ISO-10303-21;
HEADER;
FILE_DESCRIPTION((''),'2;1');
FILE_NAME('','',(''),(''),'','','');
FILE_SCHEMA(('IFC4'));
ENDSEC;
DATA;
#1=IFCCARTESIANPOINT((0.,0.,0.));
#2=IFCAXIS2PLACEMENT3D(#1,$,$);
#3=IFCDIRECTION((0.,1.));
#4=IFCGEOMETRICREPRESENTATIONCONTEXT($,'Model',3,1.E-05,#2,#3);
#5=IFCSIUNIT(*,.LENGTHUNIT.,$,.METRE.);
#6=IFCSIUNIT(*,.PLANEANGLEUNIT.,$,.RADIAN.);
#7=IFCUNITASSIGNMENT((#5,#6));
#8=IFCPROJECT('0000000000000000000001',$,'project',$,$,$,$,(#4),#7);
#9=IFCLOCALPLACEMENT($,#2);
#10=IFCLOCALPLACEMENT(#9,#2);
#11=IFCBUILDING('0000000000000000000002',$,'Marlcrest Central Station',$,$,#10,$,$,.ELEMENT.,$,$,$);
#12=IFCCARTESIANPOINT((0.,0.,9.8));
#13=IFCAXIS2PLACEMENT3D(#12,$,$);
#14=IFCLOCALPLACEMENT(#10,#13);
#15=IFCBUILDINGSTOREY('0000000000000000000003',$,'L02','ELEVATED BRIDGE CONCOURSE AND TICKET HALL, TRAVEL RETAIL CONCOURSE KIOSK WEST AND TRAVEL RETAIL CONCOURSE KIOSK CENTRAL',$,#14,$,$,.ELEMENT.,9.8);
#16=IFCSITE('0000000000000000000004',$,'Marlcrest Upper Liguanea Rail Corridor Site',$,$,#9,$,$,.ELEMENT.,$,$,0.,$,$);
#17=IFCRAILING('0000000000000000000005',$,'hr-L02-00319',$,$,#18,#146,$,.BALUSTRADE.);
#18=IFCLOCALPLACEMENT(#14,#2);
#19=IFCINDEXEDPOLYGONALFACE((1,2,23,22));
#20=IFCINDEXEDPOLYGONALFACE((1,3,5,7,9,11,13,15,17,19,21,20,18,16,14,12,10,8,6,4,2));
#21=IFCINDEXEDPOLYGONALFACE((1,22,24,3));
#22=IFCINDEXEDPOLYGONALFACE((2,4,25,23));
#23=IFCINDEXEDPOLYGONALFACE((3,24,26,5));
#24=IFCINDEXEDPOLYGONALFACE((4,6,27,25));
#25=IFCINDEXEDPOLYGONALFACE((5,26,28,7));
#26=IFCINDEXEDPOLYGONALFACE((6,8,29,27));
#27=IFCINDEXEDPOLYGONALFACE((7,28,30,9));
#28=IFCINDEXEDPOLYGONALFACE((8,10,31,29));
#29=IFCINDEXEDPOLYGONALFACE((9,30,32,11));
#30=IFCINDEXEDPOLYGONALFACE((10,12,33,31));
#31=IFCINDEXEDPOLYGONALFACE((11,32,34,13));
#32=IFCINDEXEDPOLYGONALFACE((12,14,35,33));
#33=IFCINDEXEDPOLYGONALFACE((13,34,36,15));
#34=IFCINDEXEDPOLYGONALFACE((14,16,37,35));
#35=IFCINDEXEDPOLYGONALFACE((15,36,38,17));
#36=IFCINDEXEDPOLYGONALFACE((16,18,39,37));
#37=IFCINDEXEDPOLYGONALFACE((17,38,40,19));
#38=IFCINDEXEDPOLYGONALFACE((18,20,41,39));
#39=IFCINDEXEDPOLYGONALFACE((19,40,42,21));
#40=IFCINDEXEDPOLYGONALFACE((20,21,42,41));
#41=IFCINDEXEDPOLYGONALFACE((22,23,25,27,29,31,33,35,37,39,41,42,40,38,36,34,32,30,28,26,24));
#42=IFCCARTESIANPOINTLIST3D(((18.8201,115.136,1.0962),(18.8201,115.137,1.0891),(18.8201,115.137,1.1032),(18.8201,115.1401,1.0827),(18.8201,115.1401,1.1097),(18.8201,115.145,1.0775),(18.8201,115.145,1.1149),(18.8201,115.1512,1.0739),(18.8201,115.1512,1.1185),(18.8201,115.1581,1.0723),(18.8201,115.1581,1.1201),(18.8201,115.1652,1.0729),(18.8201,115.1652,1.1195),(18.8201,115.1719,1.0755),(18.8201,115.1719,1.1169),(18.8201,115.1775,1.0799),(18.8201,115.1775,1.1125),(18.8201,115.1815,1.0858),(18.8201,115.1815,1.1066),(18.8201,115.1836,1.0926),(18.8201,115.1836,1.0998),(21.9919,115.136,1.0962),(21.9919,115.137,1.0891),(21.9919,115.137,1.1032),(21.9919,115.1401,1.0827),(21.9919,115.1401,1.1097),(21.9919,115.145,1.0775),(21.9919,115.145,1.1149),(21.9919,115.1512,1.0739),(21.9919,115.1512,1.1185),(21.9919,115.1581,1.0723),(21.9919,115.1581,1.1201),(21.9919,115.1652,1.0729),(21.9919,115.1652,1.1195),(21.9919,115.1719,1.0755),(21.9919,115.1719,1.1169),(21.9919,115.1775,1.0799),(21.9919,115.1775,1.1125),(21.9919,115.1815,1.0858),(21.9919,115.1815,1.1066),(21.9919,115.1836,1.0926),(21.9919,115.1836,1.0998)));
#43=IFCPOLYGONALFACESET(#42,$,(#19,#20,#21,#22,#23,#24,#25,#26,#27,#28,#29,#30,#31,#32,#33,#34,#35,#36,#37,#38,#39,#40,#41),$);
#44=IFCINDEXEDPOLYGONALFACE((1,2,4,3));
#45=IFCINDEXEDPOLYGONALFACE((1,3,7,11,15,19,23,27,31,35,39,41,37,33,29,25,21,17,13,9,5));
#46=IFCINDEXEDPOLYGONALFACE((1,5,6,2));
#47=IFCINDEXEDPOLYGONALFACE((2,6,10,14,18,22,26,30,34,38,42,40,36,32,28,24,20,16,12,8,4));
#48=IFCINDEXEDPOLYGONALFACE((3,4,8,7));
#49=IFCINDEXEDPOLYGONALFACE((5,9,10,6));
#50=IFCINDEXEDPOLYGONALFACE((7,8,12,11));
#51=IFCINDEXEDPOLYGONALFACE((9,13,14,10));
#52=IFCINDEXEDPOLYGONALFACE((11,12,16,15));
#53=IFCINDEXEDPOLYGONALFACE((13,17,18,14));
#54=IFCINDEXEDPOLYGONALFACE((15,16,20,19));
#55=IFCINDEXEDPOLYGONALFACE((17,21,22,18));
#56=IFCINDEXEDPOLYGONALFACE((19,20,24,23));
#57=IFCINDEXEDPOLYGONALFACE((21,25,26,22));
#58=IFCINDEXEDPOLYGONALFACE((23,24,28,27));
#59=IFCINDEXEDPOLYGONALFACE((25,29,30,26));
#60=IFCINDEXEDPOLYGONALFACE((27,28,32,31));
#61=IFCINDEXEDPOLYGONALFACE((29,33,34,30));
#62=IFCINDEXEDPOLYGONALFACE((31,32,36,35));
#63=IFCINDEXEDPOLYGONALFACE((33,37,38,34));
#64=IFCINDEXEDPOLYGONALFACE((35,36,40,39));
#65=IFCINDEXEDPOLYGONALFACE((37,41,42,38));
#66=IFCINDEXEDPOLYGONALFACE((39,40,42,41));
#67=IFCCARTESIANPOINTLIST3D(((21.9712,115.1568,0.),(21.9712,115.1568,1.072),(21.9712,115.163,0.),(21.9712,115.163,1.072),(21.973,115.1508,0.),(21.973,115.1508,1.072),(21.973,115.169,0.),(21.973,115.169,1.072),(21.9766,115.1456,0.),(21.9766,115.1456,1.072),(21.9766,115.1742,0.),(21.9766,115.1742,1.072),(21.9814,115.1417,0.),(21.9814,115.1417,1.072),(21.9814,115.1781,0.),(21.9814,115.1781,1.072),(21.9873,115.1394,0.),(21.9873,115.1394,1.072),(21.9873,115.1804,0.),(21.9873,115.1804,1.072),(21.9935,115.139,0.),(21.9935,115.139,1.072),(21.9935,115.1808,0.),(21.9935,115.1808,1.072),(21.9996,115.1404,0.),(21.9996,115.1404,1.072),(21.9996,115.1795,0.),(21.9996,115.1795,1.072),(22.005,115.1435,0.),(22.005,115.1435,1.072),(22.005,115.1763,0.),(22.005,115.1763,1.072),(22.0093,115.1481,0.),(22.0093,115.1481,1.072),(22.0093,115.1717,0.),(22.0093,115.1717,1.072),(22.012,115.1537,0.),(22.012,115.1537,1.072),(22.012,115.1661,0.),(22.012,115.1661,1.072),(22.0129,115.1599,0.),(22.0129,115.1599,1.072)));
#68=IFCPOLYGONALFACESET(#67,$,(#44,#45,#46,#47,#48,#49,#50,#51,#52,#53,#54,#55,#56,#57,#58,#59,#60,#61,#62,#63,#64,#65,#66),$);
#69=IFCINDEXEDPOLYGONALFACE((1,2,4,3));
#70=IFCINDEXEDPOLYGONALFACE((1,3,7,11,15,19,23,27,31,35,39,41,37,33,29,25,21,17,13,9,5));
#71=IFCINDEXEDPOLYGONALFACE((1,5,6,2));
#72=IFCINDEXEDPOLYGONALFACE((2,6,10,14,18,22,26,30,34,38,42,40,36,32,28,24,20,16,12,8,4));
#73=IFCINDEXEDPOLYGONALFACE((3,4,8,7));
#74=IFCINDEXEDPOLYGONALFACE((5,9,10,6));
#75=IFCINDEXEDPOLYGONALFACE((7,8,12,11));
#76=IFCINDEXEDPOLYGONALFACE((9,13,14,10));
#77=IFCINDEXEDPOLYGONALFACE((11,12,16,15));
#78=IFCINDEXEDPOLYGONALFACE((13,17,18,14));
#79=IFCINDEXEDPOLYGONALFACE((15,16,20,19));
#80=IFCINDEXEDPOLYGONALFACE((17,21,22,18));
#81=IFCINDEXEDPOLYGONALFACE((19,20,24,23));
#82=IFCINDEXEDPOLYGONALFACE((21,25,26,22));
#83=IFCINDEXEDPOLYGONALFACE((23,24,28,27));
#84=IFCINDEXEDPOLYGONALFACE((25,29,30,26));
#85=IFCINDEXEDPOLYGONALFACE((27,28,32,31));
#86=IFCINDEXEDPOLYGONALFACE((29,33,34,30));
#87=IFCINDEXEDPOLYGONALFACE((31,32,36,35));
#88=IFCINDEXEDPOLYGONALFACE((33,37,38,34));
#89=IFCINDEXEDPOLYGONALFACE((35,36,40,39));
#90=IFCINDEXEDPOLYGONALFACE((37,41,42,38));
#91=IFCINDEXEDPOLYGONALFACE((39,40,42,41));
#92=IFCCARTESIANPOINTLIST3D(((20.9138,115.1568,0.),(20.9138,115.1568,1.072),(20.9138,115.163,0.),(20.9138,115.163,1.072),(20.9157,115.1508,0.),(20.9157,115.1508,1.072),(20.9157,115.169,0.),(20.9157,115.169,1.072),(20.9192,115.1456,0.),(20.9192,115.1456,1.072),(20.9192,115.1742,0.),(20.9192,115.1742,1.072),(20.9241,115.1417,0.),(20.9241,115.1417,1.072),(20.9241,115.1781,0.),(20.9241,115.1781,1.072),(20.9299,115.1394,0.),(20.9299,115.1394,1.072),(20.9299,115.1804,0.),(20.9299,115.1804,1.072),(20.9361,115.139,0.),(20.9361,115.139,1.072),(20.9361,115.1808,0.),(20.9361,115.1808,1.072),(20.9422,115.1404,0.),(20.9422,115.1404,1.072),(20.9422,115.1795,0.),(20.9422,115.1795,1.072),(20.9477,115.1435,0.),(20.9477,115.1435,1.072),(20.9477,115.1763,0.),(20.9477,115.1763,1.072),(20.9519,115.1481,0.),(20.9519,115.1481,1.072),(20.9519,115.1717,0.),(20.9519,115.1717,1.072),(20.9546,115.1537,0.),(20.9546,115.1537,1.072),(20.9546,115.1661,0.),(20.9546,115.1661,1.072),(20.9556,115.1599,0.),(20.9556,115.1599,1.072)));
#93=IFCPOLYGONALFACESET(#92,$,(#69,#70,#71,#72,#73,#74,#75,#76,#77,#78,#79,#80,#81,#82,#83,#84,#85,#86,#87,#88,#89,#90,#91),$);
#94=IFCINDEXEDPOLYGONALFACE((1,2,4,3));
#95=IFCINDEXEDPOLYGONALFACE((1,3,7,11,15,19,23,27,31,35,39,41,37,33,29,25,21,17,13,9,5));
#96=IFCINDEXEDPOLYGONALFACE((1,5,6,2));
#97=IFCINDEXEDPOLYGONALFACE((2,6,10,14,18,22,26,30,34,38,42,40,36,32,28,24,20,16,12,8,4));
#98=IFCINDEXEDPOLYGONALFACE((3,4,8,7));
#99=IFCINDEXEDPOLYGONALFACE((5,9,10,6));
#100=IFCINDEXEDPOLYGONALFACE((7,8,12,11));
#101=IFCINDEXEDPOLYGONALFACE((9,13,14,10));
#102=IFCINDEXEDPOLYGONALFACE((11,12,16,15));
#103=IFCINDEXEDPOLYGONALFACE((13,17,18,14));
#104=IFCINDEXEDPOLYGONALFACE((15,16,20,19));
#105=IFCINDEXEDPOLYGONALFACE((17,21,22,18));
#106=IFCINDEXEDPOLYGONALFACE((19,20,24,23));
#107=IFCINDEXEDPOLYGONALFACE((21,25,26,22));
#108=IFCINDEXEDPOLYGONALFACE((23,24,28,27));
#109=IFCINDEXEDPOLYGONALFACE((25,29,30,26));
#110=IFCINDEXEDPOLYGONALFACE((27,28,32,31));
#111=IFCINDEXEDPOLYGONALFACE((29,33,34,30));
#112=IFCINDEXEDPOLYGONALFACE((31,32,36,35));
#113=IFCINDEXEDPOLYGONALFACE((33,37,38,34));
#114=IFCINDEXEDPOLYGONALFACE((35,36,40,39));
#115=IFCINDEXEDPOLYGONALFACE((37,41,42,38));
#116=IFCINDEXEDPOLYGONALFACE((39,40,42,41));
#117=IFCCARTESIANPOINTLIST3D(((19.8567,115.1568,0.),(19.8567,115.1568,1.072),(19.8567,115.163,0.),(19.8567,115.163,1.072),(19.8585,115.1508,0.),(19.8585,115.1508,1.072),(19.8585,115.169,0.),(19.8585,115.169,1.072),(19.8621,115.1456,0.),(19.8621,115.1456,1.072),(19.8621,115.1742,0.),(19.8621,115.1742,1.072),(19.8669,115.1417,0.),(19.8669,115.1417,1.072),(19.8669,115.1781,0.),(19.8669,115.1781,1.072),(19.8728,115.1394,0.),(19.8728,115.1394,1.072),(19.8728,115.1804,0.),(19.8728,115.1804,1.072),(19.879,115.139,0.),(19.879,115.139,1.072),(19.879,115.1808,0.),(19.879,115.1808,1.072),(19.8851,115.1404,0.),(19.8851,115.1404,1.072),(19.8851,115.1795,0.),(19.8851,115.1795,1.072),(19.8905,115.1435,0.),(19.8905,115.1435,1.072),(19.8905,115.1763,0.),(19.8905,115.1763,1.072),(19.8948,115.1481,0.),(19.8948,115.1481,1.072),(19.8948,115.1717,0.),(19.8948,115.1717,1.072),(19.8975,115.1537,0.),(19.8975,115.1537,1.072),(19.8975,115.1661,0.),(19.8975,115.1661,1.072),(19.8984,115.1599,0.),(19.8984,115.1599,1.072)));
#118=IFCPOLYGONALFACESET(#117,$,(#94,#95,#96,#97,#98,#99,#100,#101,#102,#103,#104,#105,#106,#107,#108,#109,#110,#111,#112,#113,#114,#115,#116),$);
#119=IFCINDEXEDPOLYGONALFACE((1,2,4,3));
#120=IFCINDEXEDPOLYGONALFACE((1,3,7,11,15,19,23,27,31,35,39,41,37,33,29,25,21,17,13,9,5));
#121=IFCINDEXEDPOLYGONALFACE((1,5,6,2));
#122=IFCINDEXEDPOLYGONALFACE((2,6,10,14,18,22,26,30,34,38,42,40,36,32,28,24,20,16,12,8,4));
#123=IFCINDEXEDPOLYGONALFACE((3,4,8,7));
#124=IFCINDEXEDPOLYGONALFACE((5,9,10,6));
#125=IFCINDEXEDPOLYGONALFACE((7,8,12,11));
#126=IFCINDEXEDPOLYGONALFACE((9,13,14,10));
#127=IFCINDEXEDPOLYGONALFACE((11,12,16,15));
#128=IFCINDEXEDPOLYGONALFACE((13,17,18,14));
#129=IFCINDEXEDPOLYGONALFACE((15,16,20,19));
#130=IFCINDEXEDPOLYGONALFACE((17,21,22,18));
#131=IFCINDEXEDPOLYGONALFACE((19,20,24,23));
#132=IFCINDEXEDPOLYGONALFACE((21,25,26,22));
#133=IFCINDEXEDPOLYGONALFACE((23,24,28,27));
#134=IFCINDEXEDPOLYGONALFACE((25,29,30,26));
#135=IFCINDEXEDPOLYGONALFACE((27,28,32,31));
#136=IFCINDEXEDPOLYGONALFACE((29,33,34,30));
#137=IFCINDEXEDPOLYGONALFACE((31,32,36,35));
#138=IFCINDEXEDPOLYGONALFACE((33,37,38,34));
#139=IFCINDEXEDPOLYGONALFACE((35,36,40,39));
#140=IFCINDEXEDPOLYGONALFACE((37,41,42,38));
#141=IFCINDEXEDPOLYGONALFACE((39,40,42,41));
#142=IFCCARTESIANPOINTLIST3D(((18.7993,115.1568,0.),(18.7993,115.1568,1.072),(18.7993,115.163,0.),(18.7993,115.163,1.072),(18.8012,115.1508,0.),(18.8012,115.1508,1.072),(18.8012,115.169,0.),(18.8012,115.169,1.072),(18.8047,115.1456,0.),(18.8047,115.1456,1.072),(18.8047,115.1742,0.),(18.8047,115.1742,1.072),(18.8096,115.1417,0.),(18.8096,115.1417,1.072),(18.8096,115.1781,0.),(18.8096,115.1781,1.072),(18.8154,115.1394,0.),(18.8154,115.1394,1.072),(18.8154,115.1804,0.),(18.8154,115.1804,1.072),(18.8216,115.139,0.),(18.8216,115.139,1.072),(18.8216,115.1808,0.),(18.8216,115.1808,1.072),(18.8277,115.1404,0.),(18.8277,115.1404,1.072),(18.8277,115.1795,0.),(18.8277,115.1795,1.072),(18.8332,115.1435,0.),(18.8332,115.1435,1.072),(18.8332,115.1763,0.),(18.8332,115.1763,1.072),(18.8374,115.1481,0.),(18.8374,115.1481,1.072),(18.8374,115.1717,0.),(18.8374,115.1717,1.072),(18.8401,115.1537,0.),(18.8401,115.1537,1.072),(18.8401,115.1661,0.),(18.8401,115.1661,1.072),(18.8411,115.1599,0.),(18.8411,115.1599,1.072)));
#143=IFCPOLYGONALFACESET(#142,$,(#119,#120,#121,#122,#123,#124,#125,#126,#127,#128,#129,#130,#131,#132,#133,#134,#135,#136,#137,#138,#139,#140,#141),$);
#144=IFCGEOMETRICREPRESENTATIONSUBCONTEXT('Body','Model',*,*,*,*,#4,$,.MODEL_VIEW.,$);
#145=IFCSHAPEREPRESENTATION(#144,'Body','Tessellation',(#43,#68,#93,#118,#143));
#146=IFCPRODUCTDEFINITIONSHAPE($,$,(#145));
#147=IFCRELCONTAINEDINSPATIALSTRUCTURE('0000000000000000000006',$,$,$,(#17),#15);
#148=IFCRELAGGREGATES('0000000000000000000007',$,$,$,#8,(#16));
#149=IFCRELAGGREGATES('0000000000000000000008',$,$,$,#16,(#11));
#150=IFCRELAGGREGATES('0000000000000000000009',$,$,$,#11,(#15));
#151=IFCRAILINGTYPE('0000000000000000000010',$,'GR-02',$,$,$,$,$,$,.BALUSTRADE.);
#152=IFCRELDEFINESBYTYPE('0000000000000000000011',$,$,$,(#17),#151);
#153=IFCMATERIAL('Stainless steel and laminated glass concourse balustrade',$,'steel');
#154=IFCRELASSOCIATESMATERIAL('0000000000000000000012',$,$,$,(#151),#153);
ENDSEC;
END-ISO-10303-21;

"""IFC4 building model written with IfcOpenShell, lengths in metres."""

from ifc_helpers import new_model, si_unit, direction, frame, origin, origin_2d, place, context, subcontext, project, spatial, circle, extrude, material, type_object, element, save


model = new_model("IFC4")

# Units and contexts
model_context = context("Model", 3, precision=1e-05, world=origin(), true_north=direction((0.0, 1.0)))
body_context = subcontext(model_context, "Body", "Model", "MODEL_VIEW")
ifc_project = project(units=[si_unit("LENGTHUNIT", "METRE"), si_unit("PLANEANGLEUNIT", "RADIAN")], contexts=[model_context])

# Site, building, storey
site_placement = place(None, origin())
site = spatial("IfcSite", under=ifc_project, at=site_placement, Name="Marlcrest Upper Liguanea Rail Corridor Site", CompositionType="ELEMENT", RefElevation=0.0)
building_placement = place(site_placement, origin())
building = spatial("IfcBuilding", under=site, at=building_placement, Name="Marlcrest Central Station", CompositionType="ELEMENT")
storey_placement = place(building_placement, frame((0.0, 0.0, 9.8)))
storey = spatial("IfcBuildingStorey", under=building, at=storey_placement, Name="L02", Description="ELEVATED BRIDGE CONCOURSE AND TICKET HALL, TRAVEL RETAIL CONCOURSE KIOSK WEST AND TRAVEL RETAIL CONCOURSE KIOSK CENTRAL", CompositionType="ELEMENT", Elevation=9.8)

# Railing
ifc_material_1 = material(Name="Stainless steel and laminated glass concourse balustrade", Category="steel")
railing_type_1 = type_object("IfcRailingType", Name="GR-02", PredefinedType="BALUSTRADE", material=ifc_material_1)
railing_1_placement = place(storey_placement, frame((21.9919, 115.1599, 0.0)))
element("IfcRailing", 1, at=railing_1_placement, inside=storey, type_object=railing_type_1, Name="hr-L02-00319", PredefinedType="BALUSTRADE", context=body_context, shape_type="SweptSolid", body=[
    extrude(circle(Radius=0.0239, at=origin_2d()), frame((0.0, 0.0, 1.0962), z_axis=(-1.0, 0.0, 0.0), x_axis=(0.0, -1.0, 0.0)), (0.0, 0.0, 1.0), 3.1719),
    extrude(circle(Radius=0.021, at=origin_2d()), origin(), (0.0, 0.0, 1.0), 1.072),
    extrude(circle(Radius=0.021, at=origin_2d()), frame((-1.0574, 0.0, 0.0)), (0.0, 0.0, 1.0), 1.072),
    extrude(circle(Radius=0.021, at=origin_2d()), frame((-2.1145, 0.0, 0.0)), (0.0, 0.0, 1.0), 1.072),
    extrude(circle(Radius=0.021, at=origin_2d()), frame((-3.1719, 0.0, 0.0)), (0.0, 0.0, 1.0), 1.072),
])

save(model, "model.ifc")
